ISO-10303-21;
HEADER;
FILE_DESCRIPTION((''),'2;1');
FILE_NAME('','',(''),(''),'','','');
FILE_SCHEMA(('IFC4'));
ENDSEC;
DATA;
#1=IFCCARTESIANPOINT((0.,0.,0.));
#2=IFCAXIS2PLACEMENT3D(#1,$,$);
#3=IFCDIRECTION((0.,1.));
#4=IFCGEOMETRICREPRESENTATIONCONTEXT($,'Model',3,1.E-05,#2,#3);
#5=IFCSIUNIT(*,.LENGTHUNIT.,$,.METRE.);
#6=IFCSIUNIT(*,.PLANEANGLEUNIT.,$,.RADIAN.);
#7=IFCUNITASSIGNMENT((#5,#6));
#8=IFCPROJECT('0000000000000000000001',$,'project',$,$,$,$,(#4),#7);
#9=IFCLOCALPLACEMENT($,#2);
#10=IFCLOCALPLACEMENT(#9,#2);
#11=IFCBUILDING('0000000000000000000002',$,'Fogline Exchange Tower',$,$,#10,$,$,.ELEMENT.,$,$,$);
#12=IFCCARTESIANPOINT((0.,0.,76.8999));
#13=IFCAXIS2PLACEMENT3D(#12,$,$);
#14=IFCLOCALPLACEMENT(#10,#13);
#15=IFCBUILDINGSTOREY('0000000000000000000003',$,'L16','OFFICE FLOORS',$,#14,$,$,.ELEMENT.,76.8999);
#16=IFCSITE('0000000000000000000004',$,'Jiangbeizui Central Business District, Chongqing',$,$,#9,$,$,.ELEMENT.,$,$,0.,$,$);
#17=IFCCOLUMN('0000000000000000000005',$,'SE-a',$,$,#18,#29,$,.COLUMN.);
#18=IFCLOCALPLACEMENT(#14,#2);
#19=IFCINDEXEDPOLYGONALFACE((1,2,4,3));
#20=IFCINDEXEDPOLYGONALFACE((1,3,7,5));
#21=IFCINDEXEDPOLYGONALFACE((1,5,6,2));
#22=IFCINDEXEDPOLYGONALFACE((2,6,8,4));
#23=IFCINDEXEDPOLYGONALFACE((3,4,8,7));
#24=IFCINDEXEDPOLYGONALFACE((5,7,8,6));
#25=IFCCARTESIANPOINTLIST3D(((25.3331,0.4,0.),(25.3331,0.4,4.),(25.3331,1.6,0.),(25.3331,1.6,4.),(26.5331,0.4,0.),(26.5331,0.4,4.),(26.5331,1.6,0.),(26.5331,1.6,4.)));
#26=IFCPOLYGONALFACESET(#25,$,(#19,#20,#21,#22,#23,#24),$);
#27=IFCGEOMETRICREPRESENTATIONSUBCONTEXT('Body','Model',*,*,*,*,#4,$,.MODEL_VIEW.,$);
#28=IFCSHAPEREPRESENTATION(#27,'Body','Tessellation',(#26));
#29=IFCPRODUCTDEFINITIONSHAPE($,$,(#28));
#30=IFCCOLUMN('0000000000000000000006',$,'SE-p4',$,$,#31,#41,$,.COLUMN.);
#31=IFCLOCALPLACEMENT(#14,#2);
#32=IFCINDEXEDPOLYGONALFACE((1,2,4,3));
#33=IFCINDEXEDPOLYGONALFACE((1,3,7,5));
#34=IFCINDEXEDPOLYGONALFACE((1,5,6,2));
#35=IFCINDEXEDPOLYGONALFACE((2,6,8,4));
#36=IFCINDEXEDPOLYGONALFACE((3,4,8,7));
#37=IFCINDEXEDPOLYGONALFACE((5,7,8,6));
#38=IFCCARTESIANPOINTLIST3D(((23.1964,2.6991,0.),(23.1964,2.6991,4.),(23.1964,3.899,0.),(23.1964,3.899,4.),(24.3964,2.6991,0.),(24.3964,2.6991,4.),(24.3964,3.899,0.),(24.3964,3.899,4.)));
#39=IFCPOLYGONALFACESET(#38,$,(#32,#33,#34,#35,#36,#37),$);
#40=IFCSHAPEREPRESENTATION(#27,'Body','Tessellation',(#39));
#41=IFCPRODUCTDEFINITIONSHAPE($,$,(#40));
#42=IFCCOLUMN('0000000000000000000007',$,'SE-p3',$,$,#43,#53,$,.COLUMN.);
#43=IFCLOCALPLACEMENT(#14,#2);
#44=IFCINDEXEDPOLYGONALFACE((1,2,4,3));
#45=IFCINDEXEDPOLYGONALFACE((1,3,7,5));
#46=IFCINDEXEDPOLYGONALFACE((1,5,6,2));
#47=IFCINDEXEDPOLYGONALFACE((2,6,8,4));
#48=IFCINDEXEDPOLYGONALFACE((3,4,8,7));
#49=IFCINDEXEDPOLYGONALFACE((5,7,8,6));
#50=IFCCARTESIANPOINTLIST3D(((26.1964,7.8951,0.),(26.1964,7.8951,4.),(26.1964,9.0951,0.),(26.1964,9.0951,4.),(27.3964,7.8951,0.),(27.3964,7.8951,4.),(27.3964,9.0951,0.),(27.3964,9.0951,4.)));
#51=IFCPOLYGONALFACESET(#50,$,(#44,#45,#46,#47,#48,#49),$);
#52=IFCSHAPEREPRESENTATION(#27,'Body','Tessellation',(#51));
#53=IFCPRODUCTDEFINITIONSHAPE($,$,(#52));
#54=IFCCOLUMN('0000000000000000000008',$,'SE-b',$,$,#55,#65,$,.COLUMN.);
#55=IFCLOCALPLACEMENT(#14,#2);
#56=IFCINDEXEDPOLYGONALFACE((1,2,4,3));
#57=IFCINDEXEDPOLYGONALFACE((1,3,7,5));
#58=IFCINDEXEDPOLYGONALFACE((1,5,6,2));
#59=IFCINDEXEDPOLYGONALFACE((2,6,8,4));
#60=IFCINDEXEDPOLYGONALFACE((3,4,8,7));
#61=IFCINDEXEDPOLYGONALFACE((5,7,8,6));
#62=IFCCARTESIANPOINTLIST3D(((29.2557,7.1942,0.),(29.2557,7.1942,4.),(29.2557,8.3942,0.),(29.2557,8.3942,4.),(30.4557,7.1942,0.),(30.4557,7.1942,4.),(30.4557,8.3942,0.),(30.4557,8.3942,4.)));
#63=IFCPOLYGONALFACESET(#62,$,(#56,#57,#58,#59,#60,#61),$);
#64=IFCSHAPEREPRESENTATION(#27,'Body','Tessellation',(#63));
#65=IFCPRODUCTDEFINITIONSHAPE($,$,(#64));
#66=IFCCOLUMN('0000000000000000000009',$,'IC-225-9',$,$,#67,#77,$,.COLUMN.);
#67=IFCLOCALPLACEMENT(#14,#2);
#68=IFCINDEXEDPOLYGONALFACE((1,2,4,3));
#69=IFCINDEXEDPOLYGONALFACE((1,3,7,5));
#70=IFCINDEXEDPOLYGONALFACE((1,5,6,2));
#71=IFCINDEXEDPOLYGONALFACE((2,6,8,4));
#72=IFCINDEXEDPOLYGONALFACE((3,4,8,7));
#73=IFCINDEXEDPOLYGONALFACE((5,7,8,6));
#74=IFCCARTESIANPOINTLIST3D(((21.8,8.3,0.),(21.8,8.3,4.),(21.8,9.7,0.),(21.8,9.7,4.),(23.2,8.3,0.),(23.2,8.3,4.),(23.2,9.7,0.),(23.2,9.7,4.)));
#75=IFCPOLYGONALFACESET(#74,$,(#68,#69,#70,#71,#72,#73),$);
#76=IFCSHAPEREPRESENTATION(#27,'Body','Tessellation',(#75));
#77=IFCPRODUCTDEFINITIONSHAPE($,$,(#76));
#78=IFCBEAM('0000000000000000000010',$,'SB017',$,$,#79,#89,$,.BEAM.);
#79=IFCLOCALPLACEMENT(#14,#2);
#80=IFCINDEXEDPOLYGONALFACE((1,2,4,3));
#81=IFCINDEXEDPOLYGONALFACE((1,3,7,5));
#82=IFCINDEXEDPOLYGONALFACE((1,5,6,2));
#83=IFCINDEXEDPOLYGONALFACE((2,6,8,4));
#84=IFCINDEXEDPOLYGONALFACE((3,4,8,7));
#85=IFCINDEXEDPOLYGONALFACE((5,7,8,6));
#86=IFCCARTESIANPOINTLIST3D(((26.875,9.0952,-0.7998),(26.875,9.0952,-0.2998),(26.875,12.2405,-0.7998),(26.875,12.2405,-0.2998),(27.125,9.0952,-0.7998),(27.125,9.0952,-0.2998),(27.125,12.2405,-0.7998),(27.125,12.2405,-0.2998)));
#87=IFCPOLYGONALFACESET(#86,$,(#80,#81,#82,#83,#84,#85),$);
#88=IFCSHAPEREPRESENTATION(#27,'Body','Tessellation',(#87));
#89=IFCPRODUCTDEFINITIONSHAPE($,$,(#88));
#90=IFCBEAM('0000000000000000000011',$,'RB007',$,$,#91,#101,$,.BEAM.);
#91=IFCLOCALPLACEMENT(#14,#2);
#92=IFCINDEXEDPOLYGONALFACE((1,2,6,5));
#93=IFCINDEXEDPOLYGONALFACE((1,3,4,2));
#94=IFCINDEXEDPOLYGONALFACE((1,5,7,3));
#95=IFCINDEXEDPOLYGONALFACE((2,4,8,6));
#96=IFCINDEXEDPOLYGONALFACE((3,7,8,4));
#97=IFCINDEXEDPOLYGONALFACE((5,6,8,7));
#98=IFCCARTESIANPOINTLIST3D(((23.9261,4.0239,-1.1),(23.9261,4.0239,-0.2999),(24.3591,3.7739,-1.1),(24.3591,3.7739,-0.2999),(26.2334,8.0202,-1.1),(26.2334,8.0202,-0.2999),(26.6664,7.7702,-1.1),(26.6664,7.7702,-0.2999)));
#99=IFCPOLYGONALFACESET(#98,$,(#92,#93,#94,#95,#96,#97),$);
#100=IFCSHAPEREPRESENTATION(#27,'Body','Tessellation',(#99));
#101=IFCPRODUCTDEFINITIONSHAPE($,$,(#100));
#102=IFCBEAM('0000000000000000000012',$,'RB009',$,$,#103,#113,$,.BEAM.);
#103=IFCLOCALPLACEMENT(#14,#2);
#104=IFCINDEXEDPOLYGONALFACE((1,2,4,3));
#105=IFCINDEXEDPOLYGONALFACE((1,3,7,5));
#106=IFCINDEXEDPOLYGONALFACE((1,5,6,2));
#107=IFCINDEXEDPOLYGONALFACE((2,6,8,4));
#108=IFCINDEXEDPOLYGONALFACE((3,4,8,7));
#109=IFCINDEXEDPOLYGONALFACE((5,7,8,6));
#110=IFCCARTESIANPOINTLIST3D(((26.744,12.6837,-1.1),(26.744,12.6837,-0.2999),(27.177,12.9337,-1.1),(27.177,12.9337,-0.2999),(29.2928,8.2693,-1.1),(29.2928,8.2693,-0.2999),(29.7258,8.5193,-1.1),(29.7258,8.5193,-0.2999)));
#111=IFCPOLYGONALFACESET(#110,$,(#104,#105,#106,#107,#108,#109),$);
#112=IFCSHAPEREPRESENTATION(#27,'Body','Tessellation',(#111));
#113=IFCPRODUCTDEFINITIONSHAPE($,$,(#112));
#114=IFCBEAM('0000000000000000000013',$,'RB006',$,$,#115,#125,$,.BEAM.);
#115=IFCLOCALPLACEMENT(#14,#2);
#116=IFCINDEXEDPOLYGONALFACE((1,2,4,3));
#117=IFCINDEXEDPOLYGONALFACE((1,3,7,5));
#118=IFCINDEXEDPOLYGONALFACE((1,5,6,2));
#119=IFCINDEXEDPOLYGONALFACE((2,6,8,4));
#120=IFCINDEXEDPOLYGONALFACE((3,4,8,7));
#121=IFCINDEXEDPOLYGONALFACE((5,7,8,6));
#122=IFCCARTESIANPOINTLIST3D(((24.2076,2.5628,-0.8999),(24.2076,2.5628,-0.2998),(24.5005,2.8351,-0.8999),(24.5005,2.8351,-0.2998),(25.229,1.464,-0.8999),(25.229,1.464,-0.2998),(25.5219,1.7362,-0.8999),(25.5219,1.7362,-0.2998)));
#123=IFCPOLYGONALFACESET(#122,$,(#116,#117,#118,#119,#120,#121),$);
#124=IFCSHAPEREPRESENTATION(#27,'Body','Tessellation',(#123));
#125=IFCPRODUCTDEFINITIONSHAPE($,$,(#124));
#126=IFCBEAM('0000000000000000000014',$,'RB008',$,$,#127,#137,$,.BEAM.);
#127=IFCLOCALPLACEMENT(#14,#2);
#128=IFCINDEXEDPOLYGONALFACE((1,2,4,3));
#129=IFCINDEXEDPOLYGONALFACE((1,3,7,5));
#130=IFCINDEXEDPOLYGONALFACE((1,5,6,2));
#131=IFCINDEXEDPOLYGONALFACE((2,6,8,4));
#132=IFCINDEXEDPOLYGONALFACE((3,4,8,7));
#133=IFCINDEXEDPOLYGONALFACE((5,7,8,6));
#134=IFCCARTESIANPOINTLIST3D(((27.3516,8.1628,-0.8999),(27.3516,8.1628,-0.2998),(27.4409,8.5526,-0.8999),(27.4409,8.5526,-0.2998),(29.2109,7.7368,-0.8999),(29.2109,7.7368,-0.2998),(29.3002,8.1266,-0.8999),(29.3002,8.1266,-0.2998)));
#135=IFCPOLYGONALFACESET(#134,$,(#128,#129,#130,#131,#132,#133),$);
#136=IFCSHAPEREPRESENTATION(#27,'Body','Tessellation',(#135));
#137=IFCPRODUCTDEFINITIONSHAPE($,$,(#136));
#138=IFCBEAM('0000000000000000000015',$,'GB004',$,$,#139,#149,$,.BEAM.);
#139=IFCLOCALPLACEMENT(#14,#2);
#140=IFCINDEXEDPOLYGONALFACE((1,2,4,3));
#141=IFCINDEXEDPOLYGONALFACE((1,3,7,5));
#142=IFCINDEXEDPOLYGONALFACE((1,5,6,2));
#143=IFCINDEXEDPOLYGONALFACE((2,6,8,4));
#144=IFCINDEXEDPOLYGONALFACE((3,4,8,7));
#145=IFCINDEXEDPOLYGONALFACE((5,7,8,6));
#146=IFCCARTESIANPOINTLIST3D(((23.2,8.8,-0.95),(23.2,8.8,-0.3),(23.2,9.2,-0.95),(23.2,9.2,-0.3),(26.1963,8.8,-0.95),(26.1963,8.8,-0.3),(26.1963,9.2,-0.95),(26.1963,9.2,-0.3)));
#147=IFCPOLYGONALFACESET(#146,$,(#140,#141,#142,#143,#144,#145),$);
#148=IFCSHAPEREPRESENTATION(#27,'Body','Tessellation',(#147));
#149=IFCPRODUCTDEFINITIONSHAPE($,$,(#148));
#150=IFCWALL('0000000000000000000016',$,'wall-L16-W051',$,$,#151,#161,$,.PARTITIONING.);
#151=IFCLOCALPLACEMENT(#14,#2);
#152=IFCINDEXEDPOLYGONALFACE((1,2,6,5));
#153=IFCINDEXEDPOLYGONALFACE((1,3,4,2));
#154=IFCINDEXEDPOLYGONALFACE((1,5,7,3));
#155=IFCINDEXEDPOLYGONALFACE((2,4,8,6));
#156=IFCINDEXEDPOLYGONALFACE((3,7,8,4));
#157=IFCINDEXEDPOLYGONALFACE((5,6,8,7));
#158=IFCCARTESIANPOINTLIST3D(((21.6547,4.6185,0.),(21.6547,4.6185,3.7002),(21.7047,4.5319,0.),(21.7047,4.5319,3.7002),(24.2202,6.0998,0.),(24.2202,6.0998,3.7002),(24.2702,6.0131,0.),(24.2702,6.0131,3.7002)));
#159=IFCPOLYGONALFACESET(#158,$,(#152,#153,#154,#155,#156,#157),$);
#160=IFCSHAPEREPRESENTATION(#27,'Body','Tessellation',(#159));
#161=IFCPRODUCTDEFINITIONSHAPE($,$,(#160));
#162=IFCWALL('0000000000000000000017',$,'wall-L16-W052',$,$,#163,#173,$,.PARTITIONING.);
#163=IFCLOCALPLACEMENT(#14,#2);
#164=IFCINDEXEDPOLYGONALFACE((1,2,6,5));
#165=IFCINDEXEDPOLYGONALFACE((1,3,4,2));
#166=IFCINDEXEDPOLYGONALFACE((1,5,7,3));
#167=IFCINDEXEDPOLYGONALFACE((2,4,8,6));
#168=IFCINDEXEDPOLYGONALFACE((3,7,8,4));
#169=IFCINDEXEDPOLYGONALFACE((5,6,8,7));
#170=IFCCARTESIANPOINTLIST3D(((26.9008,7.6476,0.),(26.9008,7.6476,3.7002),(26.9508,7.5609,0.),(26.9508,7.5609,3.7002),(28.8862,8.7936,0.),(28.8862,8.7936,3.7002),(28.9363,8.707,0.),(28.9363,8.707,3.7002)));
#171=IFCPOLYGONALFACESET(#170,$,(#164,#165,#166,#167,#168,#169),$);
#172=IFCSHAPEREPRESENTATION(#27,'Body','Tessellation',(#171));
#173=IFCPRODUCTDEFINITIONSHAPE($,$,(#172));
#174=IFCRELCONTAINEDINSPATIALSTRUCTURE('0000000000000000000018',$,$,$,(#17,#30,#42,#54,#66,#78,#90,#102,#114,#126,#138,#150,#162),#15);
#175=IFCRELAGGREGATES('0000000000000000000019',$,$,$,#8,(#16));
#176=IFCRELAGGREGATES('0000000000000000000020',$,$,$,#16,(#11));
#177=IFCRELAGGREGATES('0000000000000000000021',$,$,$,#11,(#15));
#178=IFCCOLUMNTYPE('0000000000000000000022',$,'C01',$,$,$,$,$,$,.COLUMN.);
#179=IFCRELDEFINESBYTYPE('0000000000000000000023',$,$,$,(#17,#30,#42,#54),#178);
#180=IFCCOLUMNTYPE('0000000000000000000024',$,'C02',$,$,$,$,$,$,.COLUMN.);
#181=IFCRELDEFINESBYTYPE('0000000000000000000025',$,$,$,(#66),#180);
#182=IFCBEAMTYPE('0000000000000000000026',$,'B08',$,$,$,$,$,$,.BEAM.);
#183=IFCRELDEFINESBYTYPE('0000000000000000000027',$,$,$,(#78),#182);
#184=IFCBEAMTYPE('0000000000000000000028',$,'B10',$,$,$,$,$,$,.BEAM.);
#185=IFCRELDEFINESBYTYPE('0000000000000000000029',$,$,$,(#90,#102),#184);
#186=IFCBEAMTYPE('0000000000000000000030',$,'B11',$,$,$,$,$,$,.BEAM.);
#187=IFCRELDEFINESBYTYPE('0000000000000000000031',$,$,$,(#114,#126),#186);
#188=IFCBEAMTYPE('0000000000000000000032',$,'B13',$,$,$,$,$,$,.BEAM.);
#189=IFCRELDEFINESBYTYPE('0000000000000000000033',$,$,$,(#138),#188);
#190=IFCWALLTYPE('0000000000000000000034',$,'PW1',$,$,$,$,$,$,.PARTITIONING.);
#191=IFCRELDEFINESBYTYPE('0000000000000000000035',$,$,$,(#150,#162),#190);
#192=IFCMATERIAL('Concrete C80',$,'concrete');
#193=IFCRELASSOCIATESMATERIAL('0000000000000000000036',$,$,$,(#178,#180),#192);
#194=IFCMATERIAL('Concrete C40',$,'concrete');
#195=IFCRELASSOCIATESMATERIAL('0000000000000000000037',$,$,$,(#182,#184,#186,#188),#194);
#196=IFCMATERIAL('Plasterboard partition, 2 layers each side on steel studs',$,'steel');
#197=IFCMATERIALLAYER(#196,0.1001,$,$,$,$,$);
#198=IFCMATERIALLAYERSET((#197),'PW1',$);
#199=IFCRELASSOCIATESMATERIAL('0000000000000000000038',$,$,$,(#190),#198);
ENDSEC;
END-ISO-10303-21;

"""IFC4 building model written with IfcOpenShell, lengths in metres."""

from ifc_helpers import new_model, si_unit, direction, frame, frame_2d, origin, origin_2d, place, context, subcontext, project, spatial, rectangle, extrude, material, layer, layer_set, material_profile, profile_set, type_object, element, save


model = new_model("IFC4")

# Units and contexts
model_context = context("Model", 3, precision=1e-05, world=origin(), true_north=direction((0.0, 1.0)))
body_context = subcontext(model_context, "Body", "Model", "MODEL_VIEW")
ifc_project = project(units=[si_unit("LENGTHUNIT", "METRE"), si_unit("PLANEANGLEUNIT", "RADIAN")], contexts=[model_context])

# Site, building, storey
site_placement = place(None, origin())
site = spatial("IfcSite", under=ifc_project, at=site_placement, Name="Jiangbeizui Central Business District, Chongqing", CompositionType="ELEMENT", RefElevation=0.0)
building_placement = place(site_placement, origin())
building = spatial("IfcBuilding", under=site, at=building_placement, Name="Fogline Exchange Tower", CompositionType="ELEMENT")
storey_placement = place(building_placement, frame((0.0, 0.0, 76.8999)))
storey = spatial("IfcBuildingStorey", under=building, at=storey_placement, Name="L16", Description="OFFICE FLOORS", CompositionType="ELEMENT", Elevation=76.8999)

# Columns
ifc_material_1 = material(Name="Concrete C80", Category="concrete")
ifc_material_profile_1 = material_profile(ifc_material_1, rectangle(XDim=1.2, YDim=1.2, at=origin_2d()), Name="RC 1200x1200")
ifc_profile_set_1 = profile_set([ifc_material_profile_1], Name="Concrete C80")
column_type_1 = type_object("IfcColumnType", Name="C01", PredefinedType="COLUMN", material=ifc_profile_set_1)
for number, where, z_axis, x_axis, name in (
    (1, (25.9331, 1.0, 0.0), (0.0, 0.0, 1.0), (1.0, 0.0, 0.0), "SE-a"),
    (2, (23.7964, 3.2991, 0.0), (0.0, 0.0, 1.0), (1.0, 0.0, 0.0), "SE-p4"),
    (3, (26.7964, 8.4951, 0.0), (0.0, 0.0, 1.0), (1.0, 0.0, 0.0), "SE-p3"),
    (4, (29.8557, 7.7942, 0.0), (0.0, 0.0, 1.0), (1.0, 0.0, 0.0), "SE-b"),
):
    element("IfcColumn", number, at=place(storey_placement, frame(where, z_axis=z_axis, x_axis=x_axis)), inside=storey, type_object=column_type_1, Name=name, PredefinedType="COLUMN", context=body_context, shape_type="SweptSolid", body=[
        extrude(rectangle(XDim=1.2, YDim=1.2, at=origin_2d()), origin(), (0.0, 0.0, 1.0), 4.0),
    ])
ifc_material_profile_2 = material_profile(ifc_material_1, rectangle(XDim=1.3999, YDim=1.3999, at=origin_2d()), Name="RC 1400x1400")
ifc_profile_set_2 = profile_set([ifc_material_profile_2], Name="Concrete C80")
column_type_2 = type_object("IfcColumnType", Name="C02", PredefinedType="COLUMN", material=ifc_profile_set_2)
column_placement = place(storey_placement, frame((22.5, 9.0, 0.0), z_axis=(0.0, 0.0, 1.0), x_axis=(1.0, 0.0, 0.0)))
element("IfcColumn", 5, at=column_placement, inside=storey, type_object=column_type_2, Name="IC-225-9", PredefinedType="COLUMN", context=body_context, shape_type="SweptSolid", body=[
    extrude(rectangle(XDim=1.3999, YDim=1.3999, at=origin_2d()), origin(), (0.0, 0.0, 1.0), 4.0),
])

# Beams
ifc_material_2 = material(Name="Concrete C40", Category="concrete")
ifc_material_profile_3 = material_profile(ifc_material_2, rectangle(XDim=0.25, YDim=0.5, at=origin_2d()), Name="RC 250x500")
ifc_profile_set_3 = profile_set([ifc_material_profile_3], Name="Concrete C40")
beam_type_1 = type_object("IfcBeamType", Name="B08", PredefinedType="BEAM", material=ifc_profile_set_3)
beam_1_placement = place(storey_placement, frame((27.0, 9.0952, -0.5498), z_axis=(0.0, 1.0, 0.0), x_axis=(-1.0, 0.0, 0.0)))
element("IfcBeam", 6, at=beam_1_placement, inside=storey, type_object=beam_type_1, Name="SB017", PredefinedType="BEAM", context=body_context, shape_type="SweptSolid", body=[
    extrude(rectangle(XDim=0.25, YDim=0.5, at=origin_2d()), origin(), (0.0, 0.0, 1.0), 3.1453),
])
ifc_material_profile_4 = material_profile(ifc_material_2, rectangle(XDim=0.5, YDim=0.8, at=origin_2d()), Name="RC 500x800")
ifc_profile_set_4 = profile_set([ifc_material_profile_4], Name="Concrete C40")
beam_type_2 = type_object("IfcBeamType", Name="B10", PredefinedType="BEAM", material=ifc_profile_set_4)
beam_2_placement = place(storey_placement, frame((24.1426, 3.8989, -0.7), z_axis=(0.500014, 0.866017, 0.0), x_axis=(-0.866017, 0.500014, 0.0)))
element("IfcBeam", 7, at=beam_2_placement, inside=storey, type_object=beam_type_2, Name="RB007", PredefinedType="BEAM", context=body_context, shape_type="SweptSolid", body=[
    extrude(rectangle(XDim=0.5, YDim=0.8, at=origin_2d()), origin(), (0.0, 0.0, 1.0), 4.6145),
])
beam_3_placement = place(storey_placement, frame((29.5093, 8.3943, -0.7), z_axis=(-0.500013, 0.866018, 0.0), x_axis=(-0.866018, -0.500013, 0.0)))
element("IfcBeam", 8, at=beam_3_placement, inside=storey, type_object=beam_type_2, Name="RB009", PredefinedType="BEAM", context=body_context, shape_type="SweptSolid", body=[
    extrude(rectangle(XDim=0.5, YDim=0.8, at=origin_2d()), origin(), (0.0, 0.0, 1.0), 5.0974),
])
ifc_material_profile_5 = material_profile(ifc_material_2, rectangle(XDim=0.3999, YDim=0.6001, at=origin_2d()), Name="RC 400x600")
ifc_profile_set_5 = profile_set([ifc_material_profile_5], Name="Concrete C40")
beam_type_3 = type_object("IfcBeamType", Name="B11", PredefinedType="BEAM", material=ifc_profile_set_5)
beam_4_placement = place(storey_placement, frame((25.3755, 1.6001, -0.5999), z_axis=(-0.680844, 0.732428, 0.0), x_axis=(-0.732428, -0.680844, 0.0)))
element("IfcBeam", 9, at=beam_4_placement, inside=storey, type_object=beam_type_3, Name="RB006", PredefinedType="BEAM", context=body_context, shape_type="SweptSolid", body=[
    extrude(rectangle(XDim=0.3999, YDim=0.6001, at=origin_2d()), origin(), (0.0, 0.0, 1.0), 1.5002),
])
beam_5_placement = place(storey_placement, frame((27.3962, 8.3577, -0.5999), z_axis=(0.974742, -0.223336, 0.0), x_axis=(0.223336, 0.974742, 0.0)))
element("IfcBeam", 10, at=beam_5_placement, inside=storey, type_object=beam_type_3, Name="RB008", PredefinedType="BEAM", context=body_context, shape_type="SweptSolid", body=[
    extrude(rectangle(XDim=0.3999, YDim=0.6001, at=origin_2d()), origin(), (0.0, 0.0, 1.0), 1.9075),
])
ifc_material_profile_6 = material_profile(ifc_material_2, rectangle(XDim=0.3999, YDim=0.6499, at=origin_2d()), Name="RC 400x650")
ifc_profile_set_6 = profile_set([ifc_material_profile_6], Name="Concrete C40")
beam_type_4 = type_object("IfcBeamType", Name="B13", PredefinedType="BEAM", material=ifc_profile_set_6)
beam_6_placement = place(storey_placement, frame((23.2, 9.0, -0.625), z_axis=(1.0, 0.0, 0.0), x_axis=(0.0, 1.0, 0.0)))
element("IfcBeam", 11, at=beam_6_placement, inside=storey, type_object=beam_type_4, Name="GB004", PredefinedType="BEAM", context=body_context, shape_type="SweptSolid", body=[
    extrude(rectangle(XDim=0.3999, YDim=0.6499, at=origin_2d()), origin(), (0.0, 0.0, 1.0), 2.9963),
])

# Walls
ifc_material_3 = material(Name="Plasterboard partition, 2 layers each side on steel studs", Category="steel")
ifc_layer_1 = layer(ifc_material_3, 0.1001)
ifc_layer_set_1 = layer_set([ifc_layer_1], Name="PW1")
wall_type_1 = type_object("IfcWallType", Name="PW1", PredefinedType="PARTITIONING", material=ifc_layer_set_1)
wall_1_placement = place(storey_placement, frame((21.6797, 4.5752, 0.0), z_axis=(0.0, 0.0, 1.0), x_axis=(0.866018, 0.500013, 0.0)))
element("IfcWall", 12, at=wall_1_placement, inside=storey, type_object=wall_type_1, Name="wall-L16-W051", PredefinedType="PARTITIONING", context=body_context, shape_type="SweptSolid", body=[
    extrude(rectangle(XDim=2.9624, YDim=0.1001, at=frame_2d((1.4812, 0.0))), origin(), (0.0, 0.0, 1.0), 3.7002),
])
wall_2_placement = place(storey_placement, frame((26.9258, 7.6042, 0.0), z_axis=(0.0, 0.0, 1.0), x_axis=(0.866072, 0.499919, 0.0)))
element("IfcWall", 13, at=wall_2_placement, inside=storey, type_object=wall_type_1, Name="wall-L16-W052", PredefinedType="PARTITIONING", context=body_context, shape_type="SweptSolid", body=[
    extrude(rectangle(XDim=2.2925, YDim=0.1001, at=frame_2d((1.1462, 0.0))), origin(), (0.0, 0.0, 1.0), 3.7002),
])

save(model, "model.ifc")
